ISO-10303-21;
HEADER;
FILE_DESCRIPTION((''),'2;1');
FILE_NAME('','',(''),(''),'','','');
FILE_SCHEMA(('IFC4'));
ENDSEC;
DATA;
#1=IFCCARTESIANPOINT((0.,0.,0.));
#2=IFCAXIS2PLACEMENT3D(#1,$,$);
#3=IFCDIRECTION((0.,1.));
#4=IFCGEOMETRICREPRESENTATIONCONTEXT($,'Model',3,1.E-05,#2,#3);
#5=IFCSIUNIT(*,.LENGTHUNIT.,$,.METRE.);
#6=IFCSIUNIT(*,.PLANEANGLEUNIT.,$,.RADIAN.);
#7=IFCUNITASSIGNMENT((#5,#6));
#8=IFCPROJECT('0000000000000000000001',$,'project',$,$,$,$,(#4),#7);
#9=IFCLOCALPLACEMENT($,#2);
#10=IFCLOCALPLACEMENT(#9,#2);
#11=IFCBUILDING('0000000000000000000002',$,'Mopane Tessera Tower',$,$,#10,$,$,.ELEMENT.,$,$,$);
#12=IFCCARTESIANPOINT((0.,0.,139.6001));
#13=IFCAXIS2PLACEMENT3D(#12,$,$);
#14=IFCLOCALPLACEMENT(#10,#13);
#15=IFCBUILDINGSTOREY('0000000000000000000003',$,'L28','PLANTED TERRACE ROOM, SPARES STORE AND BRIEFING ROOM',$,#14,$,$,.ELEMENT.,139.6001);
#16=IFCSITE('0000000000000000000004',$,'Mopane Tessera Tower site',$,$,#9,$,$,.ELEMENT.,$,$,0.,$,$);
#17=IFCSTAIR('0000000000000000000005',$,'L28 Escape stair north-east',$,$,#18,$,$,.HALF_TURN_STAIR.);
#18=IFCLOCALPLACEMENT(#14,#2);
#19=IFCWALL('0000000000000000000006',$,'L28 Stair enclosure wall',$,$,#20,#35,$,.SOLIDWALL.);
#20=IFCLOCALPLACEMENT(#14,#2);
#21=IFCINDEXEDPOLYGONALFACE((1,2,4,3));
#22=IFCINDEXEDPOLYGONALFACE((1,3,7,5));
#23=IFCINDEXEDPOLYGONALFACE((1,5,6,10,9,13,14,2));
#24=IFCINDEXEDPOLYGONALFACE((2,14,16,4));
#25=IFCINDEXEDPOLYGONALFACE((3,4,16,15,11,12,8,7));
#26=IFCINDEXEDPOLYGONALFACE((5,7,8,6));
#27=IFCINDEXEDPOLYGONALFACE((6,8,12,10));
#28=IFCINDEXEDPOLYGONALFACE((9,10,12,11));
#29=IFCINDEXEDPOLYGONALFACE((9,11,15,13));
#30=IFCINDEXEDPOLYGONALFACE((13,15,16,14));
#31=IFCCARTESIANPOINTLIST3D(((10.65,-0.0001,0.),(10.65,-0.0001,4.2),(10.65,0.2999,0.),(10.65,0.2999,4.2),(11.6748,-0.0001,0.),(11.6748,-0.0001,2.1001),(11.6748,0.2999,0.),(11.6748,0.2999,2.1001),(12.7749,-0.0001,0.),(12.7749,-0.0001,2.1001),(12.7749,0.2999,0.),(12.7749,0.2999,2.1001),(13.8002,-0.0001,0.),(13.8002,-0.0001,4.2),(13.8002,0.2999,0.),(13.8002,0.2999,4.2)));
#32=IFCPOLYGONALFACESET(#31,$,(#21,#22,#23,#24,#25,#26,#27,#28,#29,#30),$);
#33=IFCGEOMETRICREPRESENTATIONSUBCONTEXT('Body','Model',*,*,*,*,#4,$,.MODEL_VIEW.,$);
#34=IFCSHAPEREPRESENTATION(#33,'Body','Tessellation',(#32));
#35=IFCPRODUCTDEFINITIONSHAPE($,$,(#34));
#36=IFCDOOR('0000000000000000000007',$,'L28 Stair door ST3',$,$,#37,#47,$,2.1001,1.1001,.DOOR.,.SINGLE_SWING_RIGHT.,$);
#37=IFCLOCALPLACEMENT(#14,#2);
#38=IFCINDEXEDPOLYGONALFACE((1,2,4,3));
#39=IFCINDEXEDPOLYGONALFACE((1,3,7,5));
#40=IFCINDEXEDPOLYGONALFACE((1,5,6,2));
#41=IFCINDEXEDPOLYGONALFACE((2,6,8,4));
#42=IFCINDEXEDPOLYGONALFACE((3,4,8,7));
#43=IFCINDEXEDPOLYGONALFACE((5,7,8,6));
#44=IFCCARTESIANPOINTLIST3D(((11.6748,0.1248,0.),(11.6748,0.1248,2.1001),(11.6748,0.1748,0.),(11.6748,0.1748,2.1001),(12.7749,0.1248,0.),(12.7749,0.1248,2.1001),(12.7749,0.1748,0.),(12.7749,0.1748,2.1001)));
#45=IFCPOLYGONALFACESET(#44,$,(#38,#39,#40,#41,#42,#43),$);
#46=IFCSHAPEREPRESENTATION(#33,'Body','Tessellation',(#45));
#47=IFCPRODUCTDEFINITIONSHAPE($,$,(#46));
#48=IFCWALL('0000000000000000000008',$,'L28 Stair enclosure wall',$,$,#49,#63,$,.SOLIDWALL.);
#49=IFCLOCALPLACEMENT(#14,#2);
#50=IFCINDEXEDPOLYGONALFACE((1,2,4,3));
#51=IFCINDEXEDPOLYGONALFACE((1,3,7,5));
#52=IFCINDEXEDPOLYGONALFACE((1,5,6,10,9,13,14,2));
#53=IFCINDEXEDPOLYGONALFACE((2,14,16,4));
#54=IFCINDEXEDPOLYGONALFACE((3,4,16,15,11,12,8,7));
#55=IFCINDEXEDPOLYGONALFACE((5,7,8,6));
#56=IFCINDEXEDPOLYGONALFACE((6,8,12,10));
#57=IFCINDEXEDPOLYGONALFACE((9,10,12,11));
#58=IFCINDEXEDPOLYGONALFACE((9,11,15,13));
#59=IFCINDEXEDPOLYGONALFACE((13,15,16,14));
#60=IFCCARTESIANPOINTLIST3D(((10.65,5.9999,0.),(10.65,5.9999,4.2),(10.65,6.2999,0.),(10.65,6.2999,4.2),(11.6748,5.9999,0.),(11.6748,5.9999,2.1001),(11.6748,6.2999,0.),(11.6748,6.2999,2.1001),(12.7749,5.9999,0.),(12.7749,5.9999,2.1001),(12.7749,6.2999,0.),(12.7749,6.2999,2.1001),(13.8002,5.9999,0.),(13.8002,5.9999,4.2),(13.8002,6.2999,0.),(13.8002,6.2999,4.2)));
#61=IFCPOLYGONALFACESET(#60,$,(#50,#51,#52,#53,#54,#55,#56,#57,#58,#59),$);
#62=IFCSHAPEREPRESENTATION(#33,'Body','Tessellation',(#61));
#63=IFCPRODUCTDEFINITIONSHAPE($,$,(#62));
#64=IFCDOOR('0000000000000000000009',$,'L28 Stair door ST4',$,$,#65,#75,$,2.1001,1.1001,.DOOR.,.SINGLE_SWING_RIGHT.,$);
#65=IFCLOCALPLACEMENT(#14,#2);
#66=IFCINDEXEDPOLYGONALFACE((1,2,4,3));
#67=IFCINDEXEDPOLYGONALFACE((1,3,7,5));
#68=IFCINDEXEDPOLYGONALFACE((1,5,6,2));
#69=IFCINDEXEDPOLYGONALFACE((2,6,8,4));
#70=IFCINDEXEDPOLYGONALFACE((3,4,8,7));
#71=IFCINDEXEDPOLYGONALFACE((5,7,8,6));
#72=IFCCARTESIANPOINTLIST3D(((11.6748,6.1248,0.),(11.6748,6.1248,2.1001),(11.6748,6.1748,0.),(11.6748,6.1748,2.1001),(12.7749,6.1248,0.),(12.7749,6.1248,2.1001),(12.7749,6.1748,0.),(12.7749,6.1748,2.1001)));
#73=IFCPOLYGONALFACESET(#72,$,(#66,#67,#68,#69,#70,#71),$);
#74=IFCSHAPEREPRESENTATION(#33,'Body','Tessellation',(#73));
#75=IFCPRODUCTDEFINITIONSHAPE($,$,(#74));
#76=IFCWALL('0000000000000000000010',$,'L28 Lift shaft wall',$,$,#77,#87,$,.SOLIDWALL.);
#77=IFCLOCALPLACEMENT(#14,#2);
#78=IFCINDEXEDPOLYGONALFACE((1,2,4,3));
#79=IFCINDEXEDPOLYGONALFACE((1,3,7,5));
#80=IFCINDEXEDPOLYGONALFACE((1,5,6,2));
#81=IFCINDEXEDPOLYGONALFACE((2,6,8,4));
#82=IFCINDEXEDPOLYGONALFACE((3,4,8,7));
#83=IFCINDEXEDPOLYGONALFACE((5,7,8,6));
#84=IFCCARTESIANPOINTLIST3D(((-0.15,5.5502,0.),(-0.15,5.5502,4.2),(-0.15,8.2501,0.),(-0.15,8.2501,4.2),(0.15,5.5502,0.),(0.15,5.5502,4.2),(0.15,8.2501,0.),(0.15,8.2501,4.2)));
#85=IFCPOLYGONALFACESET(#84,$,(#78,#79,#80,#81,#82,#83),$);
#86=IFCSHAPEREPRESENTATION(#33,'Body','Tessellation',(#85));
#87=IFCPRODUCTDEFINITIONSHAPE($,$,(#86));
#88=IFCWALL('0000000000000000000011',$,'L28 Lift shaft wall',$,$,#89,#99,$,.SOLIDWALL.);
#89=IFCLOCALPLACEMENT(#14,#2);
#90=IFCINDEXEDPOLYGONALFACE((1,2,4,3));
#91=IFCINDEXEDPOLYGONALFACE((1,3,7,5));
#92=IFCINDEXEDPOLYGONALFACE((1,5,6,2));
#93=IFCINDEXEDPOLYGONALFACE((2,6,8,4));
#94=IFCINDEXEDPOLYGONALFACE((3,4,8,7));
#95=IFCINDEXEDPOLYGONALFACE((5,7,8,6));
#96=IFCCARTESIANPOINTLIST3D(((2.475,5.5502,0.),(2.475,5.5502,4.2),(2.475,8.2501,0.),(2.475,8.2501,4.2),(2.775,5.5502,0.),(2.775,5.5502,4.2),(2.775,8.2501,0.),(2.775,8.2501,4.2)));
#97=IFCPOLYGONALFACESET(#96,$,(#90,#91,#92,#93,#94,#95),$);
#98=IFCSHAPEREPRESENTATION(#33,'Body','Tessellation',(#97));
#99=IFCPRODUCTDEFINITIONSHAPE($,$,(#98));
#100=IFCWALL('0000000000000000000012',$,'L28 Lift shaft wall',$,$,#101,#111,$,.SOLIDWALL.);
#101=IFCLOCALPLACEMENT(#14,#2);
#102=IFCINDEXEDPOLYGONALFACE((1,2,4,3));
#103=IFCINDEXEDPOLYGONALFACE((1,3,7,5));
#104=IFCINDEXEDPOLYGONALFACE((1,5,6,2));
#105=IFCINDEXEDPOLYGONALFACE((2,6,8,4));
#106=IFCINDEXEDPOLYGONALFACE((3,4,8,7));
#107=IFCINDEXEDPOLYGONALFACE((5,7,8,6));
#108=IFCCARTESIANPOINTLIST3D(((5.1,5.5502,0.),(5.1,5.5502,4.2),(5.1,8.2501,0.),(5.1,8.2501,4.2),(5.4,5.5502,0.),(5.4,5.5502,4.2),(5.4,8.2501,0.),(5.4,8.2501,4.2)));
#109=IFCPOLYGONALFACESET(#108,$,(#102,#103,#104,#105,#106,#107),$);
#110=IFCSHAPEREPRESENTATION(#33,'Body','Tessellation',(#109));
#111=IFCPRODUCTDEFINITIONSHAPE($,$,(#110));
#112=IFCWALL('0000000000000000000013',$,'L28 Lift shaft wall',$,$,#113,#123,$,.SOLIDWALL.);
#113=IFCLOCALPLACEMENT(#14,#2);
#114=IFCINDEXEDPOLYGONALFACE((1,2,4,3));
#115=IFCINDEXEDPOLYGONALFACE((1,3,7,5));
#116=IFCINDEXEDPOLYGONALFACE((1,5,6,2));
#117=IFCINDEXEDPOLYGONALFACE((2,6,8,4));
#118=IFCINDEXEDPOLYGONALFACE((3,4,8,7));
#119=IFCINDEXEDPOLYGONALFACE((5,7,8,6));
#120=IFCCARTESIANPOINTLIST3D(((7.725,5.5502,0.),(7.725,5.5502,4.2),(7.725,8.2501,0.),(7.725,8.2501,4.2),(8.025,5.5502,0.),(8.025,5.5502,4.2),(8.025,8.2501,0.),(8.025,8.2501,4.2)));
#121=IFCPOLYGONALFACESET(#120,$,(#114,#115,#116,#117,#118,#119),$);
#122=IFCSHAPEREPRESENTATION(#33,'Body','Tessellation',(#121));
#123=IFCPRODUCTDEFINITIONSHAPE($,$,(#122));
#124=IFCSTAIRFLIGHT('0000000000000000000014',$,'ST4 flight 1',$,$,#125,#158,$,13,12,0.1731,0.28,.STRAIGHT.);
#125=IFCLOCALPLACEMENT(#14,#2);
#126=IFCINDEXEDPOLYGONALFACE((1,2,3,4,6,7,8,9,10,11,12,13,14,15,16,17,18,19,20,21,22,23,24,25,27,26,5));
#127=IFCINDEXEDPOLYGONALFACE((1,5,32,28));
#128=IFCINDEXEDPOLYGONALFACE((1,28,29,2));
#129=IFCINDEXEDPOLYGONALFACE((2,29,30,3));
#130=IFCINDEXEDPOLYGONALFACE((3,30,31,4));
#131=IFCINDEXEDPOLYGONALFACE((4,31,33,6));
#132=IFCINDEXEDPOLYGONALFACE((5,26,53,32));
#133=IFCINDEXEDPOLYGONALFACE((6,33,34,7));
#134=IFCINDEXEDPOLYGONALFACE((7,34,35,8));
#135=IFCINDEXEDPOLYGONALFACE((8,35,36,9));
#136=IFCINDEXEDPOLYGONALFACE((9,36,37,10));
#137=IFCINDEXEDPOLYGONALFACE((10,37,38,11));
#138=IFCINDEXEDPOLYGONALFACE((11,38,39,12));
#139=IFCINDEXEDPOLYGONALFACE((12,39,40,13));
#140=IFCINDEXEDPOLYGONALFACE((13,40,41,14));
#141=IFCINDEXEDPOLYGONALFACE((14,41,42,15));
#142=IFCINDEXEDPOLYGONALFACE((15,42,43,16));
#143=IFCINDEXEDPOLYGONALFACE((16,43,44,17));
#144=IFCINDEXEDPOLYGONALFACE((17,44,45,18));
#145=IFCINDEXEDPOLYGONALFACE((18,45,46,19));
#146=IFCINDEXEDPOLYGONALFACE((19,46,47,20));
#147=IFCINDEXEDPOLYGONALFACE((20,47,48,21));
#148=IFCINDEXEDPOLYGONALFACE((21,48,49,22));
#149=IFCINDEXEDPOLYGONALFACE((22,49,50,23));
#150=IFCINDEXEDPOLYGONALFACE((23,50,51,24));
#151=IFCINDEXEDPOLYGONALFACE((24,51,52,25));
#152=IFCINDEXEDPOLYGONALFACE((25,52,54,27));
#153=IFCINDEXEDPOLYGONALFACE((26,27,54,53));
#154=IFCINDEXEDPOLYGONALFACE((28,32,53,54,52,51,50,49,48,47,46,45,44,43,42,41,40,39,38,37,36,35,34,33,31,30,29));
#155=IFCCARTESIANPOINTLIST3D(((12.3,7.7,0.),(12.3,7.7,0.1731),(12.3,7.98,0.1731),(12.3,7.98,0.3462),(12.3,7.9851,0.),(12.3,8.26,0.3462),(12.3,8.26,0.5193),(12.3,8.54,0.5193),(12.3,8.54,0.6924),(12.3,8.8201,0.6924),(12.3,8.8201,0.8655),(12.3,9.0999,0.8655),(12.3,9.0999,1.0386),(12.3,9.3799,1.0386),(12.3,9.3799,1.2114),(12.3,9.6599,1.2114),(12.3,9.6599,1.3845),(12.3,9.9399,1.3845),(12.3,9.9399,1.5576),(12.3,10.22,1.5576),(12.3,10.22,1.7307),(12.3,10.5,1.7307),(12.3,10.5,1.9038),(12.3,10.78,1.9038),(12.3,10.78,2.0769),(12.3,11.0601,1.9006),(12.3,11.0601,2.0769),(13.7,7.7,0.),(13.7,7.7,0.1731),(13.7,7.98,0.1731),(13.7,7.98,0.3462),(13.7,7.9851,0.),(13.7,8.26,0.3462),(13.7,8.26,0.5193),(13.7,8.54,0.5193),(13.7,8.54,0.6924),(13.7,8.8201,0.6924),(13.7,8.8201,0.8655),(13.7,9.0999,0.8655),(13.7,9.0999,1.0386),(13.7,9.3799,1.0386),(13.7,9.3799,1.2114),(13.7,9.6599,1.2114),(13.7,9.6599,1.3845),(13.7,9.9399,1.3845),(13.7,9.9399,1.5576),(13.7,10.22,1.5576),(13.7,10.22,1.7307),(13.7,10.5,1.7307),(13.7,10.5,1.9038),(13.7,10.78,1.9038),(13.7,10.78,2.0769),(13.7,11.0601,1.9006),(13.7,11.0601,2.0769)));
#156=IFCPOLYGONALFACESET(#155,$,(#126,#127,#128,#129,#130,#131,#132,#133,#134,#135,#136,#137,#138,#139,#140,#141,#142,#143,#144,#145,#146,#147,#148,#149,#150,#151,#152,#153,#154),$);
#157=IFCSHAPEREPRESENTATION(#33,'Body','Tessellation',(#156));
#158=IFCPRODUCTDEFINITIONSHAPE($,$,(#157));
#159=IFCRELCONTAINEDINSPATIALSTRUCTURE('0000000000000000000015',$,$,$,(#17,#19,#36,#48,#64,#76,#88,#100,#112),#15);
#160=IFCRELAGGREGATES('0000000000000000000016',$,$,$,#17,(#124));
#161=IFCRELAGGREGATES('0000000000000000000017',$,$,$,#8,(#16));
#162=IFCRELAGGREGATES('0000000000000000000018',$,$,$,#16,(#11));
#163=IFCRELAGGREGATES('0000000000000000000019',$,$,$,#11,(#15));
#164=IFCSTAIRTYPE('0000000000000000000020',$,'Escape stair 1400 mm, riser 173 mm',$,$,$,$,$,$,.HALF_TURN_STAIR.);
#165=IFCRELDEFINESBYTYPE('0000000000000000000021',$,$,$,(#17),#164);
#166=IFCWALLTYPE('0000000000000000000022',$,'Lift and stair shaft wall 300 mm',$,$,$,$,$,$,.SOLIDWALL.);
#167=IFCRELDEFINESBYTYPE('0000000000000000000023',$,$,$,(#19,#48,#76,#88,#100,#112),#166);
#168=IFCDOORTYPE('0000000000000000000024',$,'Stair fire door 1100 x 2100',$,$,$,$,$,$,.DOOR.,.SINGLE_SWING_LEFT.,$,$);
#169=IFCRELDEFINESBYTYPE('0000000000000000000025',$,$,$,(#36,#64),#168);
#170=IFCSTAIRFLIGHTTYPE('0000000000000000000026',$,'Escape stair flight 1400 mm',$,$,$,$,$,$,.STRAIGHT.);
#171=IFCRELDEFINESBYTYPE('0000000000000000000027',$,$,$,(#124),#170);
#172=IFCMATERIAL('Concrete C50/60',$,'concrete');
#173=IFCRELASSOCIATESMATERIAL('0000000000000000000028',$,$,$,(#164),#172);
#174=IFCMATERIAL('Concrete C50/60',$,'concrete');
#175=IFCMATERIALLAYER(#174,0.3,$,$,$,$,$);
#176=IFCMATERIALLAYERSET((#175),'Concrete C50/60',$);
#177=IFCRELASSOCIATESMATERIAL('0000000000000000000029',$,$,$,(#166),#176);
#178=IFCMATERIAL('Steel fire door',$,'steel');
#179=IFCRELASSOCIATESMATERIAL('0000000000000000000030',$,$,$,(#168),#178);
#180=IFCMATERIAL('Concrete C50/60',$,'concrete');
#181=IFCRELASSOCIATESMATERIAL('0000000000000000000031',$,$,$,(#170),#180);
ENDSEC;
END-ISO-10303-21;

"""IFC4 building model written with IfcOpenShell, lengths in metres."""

from ifc_helpers import new_model, si_unit, direction, frame, frame_2d, origin, place, context, subcontext, project, spatial, polyline, rectangle, outline, extrude, material, layer, layer_set, type_object, element, fill, aggregate, save


model = new_model("IFC4")

# Units and contexts
model_context = context("Model", 3, precision=1e-05, world=origin(), true_north=direction((0.0, 1.0)))
body_context = subcontext(model_context, "Body", "Model", "MODEL_VIEW")
ifc_project = project(units=[si_unit("LENGTHUNIT", "METRE"), si_unit("PLANEANGLEUNIT", "RADIAN")], contexts=[model_context])

# Site, building, storey
site_placement = place(None, origin())
site = spatial("IfcSite", under=ifc_project, at=site_placement, Name="Mopane Tessera Tower site", CompositionType="ELEMENT", RefElevation=0.0)
building_placement = place(site_placement, origin())
building = spatial("IfcBuilding", under=site, at=building_placement, Name="Mopane Tessera Tower", CompositionType="ELEMENT")
storey_placement = place(building_placement, frame((0.0, 0.0, 139.6001)))
storey = spatial("IfcBuildingStorey", under=building, at=storey_placement, Name="L28", Description="PLANTED TERRACE ROOM, SPARES STORE AND BRIEFING ROOM", CompositionType="ELEMENT", Elevation=139.6001)

# Stair
ifc_material_1 = material(Name="Concrete C50/60", Category="concrete")
stair_type = type_object("IfcStairType", Name="Escape stair 1400 mm, riser 173 mm", PredefinedType="HALF_TURN_STAIR", material=ifc_material_1)
stair_1_placement = place(storey_placement, origin())
stair_1 = element("IfcStair", 1, at=stair_1_placement, inside=storey, type_object=stair_type, Name="L28 Escape stair north-east", PredefinedType="HALF_TURN_STAIR")

# Walls, openings, doors
ifc_material_2 = material(Name="Concrete C50/60", Category="concrete")
ifc_layer_1 = layer(ifc_material_2, 0.3)
ifc_layer_set_1 = layer_set([ifc_layer_1], Name="Concrete C50/60")
wall_type_1 = type_object("IfcWallType", Name="Lift and stair shaft wall 300 mm", PredefinedType="SOLIDWALL", material=ifc_layer_set_1)
wall_1_placement = place(storey_placement, frame((10.6499, 0.1499, 0.0), z_axis=(0.0, 0.0, 1.0), x_axis=(1.0, 0.0, 0.0)))
wall_1 = element("IfcWall", 2, at=wall_1_placement, inside=storey, type_object=wall_type_1, Name="L28 Stair enclosure wall", PredefinedType="SOLIDWALL", context=body_context, shape_type="SweptSolid", body=[
    extrude(rectangle(XDim=3.1501, YDim=0.3, at=frame_2d((1.5752, 0.0))), origin(), (0.0, 0.0, 1.0), 4.2),
])
opening_1_placement = place(wall_1_placement, frame((1.0249, 0.0, 0.0)))
opening_1 = element("IfcOpeningElement", 3, at=opening_1_placement, cuts=wall_1, PredefinedType="OPENING", context=body_context, shape_type="SweptSolid", body=[
    extrude(rectangle(XDim=1.1001, YDim=2.1001, at=frame_2d((0.55, 1.05))), frame((0.0, 0.1621, 0.0), z_axis=(0.0, -1.0, 0.0), x_axis=(1.0, 0.0, 0.0)), (0.0, 0.0, 1.0), 0.324),
])
ifc_material_3 = material(Name="Steel fire door", Category="steel")
door_type = type_object("IfcDoorType", Name="Stair fire door 1100 x 2100", OperationType="SINGLE_SWING_LEFT", PredefinedType="DOOR", material=ifc_material_3)
door_1_placement = place(opening_1_placement, origin())
door_1 = element("IfcDoor", 4, at=door_1_placement, inside=storey, type_object=door_type, Name="L28 Stair door ST3", OperationType="SINGLE_SWING_RIGHT", OverallHeight=2.1001, OverallWidth=1.1001, PredefinedType="DOOR", context=body_context, shape_type="SweptSolid", body=[
    extrude(rectangle(XDim=1.1001, YDim=2.1001, at=frame_2d((0.55, 1.05))), frame((0.0, 0.0249, 0.0), z_axis=(0.0, -1.0, 0.0), x_axis=(1.0, 0.0, 0.0)), (0.0, 0.0, 1.0), 0.05),
])
fill(opening_1, door_1)
wall_2_placement = place(storey_placement, frame((10.6499, 6.1499, 0.0), z_axis=(0.0, 0.0, 1.0), x_axis=(1.0, 0.0, 0.0)))
wall_2 = element("IfcWall", 5, at=wall_2_placement, inside=storey, type_object=wall_type_1, Name="L28 Stair enclosure wall", PredefinedType="SOLIDWALL", context=body_context, shape_type="SweptSolid", body=[
    extrude(rectangle(XDim=3.1501, YDim=0.3, at=frame_2d((1.5752, 0.0))), origin(), (0.0, 0.0, 1.0), 4.2),
])
opening_2_placement = place(wall_2_placement, frame((1.0249, 0.0, 0.0)))
opening_2 = element("IfcOpeningElement", 6, at=opening_2_placement, cuts=wall_2, PredefinedType="OPENING", context=body_context, shape_type="SweptSolid", body=[
    extrude(rectangle(XDim=1.1001, YDim=2.1001, at=frame_2d((0.55, 1.05))), frame((0.0, 0.1621, 0.0), z_axis=(0.0, -1.0, 0.0), x_axis=(1.0, 0.0, 0.0)), (0.0, 0.0, 1.0), 0.324),
])
door_2_placement = place(opening_2_placement, origin())
door_2 = element("IfcDoor", 7, at=door_2_placement, inside=storey, type_object=door_type, Name="L28 Stair door ST4", OperationType="SINGLE_SWING_RIGHT", OverallHeight=2.1001, OverallWidth=1.1001, PredefinedType="DOOR", context=body_context, shape_type="SweptSolid", body=[
    extrude(rectangle(XDim=1.1001, YDim=2.1001, at=frame_2d((0.55, 1.05))), frame((0.0, 0.0249, 0.0), z_axis=(0.0, -1.0, 0.0), x_axis=(1.0, 0.0, 0.0)), (0.0, 0.0, 1.0), 0.05),
])
fill(opening_2, door_2)

# Walls
for number, where, z_axis, x_axis, name in (
    (8, (0.0, 5.55, 0.0), (0.0, 0.0, 1.0), (0.0, 1.0, 0.0), "L28 Lift shaft wall"),
    (9, (2.625, 5.55, 0.0), (0.0, 0.0, 1.0), (0.0, 1.0, 0.0), "L28 Lift shaft wall"),
    (10, (5.25, 5.55, 0.0), (0.0, 0.0, 1.0), (0.0, 1.0, 0.0), "L28 Lift shaft wall"),
    (11, (7.875, 5.55, 0.0), (0.0, 0.0, 1.0), (0.0, 1.0, 0.0), "L28 Lift shaft wall"),
):
    element("IfcWall", number, at=place(storey_placement, frame(where, z_axis=z_axis, x_axis=x_axis)), inside=storey, type_object=wall_type_1, Name=name, PredefinedType="SOLIDWALL", context=body_context, shape_type="SweptSolid", body=[
        extrude(rectangle(XDim=2.7, YDim=0.3, at=frame_2d((1.3501, 0.0))), origin(), (0.0, 0.0, 1.0), 4.2),
    ])

# Stair flight
ifc_material_4 = material(Name="Concrete C50/60", Category="concrete")
stair_flight_type = type_object("IfcStairFlightType", Name="Escape stair flight 1400 mm", PredefinedType="STRAIGHT", material=ifc_material_4)
stair_flight_1_placement = place(storey_placement, frame((13.0, 7.7, 0.0), z_axis=(0.0, 0.0, 1.0), x_axis=(0.0, 1.0, 0.0)))
stair_flight_1 = element("IfcStairFlight", 12, at=stair_flight_1_placement, type_object=stair_flight_type, Name="ST4 flight 1", NumberOfRisers=13, NumberOfTreads=12, PredefinedType="STRAIGHT", RiserHeight=0.1731, TreadLength=0.28, context=body_context, shape_type="SweptSolid", body=[
    extrude(outline(polyline([(0.0, 0.0), (0.0, 0.1731), (0.28, 0.1731), (0.28, 0.3462), (0.5601, 0.3462), (0.5601, 0.5193), (0.8401, 0.5193), (0.8401, 0.6924), (1.1201, 0.6924), (1.1201, 0.8655), (1.3999, 0.8655), (1.3999, 1.0386), (1.6799, 1.0386), (1.6799, 1.2114), (1.96, 1.2114), (1.96, 1.3845), (2.24, 1.3845), (2.24, 1.5576), (2.52, 1.5576), (2.52, 1.7307), (2.8, 1.7307), (2.8, 1.9038), (3.0801, 1.9038), (3.0801, 2.0769), (3.3601, 2.0769), (3.3601, 2.25), (3.3601, 1.9006), (0.2852, 0.0), (0.0, 0.0)])), frame((0.0, 0.7, 0.0), z_axis=(0.0, -1.0, 0.0), x_axis=(1.0, 0.0, 0.0)), (0.0, 0.0, 1.0), 1.3999),
])
aggregate(stair_1, [stair_flight_1])

save(model, "model.ifc")
